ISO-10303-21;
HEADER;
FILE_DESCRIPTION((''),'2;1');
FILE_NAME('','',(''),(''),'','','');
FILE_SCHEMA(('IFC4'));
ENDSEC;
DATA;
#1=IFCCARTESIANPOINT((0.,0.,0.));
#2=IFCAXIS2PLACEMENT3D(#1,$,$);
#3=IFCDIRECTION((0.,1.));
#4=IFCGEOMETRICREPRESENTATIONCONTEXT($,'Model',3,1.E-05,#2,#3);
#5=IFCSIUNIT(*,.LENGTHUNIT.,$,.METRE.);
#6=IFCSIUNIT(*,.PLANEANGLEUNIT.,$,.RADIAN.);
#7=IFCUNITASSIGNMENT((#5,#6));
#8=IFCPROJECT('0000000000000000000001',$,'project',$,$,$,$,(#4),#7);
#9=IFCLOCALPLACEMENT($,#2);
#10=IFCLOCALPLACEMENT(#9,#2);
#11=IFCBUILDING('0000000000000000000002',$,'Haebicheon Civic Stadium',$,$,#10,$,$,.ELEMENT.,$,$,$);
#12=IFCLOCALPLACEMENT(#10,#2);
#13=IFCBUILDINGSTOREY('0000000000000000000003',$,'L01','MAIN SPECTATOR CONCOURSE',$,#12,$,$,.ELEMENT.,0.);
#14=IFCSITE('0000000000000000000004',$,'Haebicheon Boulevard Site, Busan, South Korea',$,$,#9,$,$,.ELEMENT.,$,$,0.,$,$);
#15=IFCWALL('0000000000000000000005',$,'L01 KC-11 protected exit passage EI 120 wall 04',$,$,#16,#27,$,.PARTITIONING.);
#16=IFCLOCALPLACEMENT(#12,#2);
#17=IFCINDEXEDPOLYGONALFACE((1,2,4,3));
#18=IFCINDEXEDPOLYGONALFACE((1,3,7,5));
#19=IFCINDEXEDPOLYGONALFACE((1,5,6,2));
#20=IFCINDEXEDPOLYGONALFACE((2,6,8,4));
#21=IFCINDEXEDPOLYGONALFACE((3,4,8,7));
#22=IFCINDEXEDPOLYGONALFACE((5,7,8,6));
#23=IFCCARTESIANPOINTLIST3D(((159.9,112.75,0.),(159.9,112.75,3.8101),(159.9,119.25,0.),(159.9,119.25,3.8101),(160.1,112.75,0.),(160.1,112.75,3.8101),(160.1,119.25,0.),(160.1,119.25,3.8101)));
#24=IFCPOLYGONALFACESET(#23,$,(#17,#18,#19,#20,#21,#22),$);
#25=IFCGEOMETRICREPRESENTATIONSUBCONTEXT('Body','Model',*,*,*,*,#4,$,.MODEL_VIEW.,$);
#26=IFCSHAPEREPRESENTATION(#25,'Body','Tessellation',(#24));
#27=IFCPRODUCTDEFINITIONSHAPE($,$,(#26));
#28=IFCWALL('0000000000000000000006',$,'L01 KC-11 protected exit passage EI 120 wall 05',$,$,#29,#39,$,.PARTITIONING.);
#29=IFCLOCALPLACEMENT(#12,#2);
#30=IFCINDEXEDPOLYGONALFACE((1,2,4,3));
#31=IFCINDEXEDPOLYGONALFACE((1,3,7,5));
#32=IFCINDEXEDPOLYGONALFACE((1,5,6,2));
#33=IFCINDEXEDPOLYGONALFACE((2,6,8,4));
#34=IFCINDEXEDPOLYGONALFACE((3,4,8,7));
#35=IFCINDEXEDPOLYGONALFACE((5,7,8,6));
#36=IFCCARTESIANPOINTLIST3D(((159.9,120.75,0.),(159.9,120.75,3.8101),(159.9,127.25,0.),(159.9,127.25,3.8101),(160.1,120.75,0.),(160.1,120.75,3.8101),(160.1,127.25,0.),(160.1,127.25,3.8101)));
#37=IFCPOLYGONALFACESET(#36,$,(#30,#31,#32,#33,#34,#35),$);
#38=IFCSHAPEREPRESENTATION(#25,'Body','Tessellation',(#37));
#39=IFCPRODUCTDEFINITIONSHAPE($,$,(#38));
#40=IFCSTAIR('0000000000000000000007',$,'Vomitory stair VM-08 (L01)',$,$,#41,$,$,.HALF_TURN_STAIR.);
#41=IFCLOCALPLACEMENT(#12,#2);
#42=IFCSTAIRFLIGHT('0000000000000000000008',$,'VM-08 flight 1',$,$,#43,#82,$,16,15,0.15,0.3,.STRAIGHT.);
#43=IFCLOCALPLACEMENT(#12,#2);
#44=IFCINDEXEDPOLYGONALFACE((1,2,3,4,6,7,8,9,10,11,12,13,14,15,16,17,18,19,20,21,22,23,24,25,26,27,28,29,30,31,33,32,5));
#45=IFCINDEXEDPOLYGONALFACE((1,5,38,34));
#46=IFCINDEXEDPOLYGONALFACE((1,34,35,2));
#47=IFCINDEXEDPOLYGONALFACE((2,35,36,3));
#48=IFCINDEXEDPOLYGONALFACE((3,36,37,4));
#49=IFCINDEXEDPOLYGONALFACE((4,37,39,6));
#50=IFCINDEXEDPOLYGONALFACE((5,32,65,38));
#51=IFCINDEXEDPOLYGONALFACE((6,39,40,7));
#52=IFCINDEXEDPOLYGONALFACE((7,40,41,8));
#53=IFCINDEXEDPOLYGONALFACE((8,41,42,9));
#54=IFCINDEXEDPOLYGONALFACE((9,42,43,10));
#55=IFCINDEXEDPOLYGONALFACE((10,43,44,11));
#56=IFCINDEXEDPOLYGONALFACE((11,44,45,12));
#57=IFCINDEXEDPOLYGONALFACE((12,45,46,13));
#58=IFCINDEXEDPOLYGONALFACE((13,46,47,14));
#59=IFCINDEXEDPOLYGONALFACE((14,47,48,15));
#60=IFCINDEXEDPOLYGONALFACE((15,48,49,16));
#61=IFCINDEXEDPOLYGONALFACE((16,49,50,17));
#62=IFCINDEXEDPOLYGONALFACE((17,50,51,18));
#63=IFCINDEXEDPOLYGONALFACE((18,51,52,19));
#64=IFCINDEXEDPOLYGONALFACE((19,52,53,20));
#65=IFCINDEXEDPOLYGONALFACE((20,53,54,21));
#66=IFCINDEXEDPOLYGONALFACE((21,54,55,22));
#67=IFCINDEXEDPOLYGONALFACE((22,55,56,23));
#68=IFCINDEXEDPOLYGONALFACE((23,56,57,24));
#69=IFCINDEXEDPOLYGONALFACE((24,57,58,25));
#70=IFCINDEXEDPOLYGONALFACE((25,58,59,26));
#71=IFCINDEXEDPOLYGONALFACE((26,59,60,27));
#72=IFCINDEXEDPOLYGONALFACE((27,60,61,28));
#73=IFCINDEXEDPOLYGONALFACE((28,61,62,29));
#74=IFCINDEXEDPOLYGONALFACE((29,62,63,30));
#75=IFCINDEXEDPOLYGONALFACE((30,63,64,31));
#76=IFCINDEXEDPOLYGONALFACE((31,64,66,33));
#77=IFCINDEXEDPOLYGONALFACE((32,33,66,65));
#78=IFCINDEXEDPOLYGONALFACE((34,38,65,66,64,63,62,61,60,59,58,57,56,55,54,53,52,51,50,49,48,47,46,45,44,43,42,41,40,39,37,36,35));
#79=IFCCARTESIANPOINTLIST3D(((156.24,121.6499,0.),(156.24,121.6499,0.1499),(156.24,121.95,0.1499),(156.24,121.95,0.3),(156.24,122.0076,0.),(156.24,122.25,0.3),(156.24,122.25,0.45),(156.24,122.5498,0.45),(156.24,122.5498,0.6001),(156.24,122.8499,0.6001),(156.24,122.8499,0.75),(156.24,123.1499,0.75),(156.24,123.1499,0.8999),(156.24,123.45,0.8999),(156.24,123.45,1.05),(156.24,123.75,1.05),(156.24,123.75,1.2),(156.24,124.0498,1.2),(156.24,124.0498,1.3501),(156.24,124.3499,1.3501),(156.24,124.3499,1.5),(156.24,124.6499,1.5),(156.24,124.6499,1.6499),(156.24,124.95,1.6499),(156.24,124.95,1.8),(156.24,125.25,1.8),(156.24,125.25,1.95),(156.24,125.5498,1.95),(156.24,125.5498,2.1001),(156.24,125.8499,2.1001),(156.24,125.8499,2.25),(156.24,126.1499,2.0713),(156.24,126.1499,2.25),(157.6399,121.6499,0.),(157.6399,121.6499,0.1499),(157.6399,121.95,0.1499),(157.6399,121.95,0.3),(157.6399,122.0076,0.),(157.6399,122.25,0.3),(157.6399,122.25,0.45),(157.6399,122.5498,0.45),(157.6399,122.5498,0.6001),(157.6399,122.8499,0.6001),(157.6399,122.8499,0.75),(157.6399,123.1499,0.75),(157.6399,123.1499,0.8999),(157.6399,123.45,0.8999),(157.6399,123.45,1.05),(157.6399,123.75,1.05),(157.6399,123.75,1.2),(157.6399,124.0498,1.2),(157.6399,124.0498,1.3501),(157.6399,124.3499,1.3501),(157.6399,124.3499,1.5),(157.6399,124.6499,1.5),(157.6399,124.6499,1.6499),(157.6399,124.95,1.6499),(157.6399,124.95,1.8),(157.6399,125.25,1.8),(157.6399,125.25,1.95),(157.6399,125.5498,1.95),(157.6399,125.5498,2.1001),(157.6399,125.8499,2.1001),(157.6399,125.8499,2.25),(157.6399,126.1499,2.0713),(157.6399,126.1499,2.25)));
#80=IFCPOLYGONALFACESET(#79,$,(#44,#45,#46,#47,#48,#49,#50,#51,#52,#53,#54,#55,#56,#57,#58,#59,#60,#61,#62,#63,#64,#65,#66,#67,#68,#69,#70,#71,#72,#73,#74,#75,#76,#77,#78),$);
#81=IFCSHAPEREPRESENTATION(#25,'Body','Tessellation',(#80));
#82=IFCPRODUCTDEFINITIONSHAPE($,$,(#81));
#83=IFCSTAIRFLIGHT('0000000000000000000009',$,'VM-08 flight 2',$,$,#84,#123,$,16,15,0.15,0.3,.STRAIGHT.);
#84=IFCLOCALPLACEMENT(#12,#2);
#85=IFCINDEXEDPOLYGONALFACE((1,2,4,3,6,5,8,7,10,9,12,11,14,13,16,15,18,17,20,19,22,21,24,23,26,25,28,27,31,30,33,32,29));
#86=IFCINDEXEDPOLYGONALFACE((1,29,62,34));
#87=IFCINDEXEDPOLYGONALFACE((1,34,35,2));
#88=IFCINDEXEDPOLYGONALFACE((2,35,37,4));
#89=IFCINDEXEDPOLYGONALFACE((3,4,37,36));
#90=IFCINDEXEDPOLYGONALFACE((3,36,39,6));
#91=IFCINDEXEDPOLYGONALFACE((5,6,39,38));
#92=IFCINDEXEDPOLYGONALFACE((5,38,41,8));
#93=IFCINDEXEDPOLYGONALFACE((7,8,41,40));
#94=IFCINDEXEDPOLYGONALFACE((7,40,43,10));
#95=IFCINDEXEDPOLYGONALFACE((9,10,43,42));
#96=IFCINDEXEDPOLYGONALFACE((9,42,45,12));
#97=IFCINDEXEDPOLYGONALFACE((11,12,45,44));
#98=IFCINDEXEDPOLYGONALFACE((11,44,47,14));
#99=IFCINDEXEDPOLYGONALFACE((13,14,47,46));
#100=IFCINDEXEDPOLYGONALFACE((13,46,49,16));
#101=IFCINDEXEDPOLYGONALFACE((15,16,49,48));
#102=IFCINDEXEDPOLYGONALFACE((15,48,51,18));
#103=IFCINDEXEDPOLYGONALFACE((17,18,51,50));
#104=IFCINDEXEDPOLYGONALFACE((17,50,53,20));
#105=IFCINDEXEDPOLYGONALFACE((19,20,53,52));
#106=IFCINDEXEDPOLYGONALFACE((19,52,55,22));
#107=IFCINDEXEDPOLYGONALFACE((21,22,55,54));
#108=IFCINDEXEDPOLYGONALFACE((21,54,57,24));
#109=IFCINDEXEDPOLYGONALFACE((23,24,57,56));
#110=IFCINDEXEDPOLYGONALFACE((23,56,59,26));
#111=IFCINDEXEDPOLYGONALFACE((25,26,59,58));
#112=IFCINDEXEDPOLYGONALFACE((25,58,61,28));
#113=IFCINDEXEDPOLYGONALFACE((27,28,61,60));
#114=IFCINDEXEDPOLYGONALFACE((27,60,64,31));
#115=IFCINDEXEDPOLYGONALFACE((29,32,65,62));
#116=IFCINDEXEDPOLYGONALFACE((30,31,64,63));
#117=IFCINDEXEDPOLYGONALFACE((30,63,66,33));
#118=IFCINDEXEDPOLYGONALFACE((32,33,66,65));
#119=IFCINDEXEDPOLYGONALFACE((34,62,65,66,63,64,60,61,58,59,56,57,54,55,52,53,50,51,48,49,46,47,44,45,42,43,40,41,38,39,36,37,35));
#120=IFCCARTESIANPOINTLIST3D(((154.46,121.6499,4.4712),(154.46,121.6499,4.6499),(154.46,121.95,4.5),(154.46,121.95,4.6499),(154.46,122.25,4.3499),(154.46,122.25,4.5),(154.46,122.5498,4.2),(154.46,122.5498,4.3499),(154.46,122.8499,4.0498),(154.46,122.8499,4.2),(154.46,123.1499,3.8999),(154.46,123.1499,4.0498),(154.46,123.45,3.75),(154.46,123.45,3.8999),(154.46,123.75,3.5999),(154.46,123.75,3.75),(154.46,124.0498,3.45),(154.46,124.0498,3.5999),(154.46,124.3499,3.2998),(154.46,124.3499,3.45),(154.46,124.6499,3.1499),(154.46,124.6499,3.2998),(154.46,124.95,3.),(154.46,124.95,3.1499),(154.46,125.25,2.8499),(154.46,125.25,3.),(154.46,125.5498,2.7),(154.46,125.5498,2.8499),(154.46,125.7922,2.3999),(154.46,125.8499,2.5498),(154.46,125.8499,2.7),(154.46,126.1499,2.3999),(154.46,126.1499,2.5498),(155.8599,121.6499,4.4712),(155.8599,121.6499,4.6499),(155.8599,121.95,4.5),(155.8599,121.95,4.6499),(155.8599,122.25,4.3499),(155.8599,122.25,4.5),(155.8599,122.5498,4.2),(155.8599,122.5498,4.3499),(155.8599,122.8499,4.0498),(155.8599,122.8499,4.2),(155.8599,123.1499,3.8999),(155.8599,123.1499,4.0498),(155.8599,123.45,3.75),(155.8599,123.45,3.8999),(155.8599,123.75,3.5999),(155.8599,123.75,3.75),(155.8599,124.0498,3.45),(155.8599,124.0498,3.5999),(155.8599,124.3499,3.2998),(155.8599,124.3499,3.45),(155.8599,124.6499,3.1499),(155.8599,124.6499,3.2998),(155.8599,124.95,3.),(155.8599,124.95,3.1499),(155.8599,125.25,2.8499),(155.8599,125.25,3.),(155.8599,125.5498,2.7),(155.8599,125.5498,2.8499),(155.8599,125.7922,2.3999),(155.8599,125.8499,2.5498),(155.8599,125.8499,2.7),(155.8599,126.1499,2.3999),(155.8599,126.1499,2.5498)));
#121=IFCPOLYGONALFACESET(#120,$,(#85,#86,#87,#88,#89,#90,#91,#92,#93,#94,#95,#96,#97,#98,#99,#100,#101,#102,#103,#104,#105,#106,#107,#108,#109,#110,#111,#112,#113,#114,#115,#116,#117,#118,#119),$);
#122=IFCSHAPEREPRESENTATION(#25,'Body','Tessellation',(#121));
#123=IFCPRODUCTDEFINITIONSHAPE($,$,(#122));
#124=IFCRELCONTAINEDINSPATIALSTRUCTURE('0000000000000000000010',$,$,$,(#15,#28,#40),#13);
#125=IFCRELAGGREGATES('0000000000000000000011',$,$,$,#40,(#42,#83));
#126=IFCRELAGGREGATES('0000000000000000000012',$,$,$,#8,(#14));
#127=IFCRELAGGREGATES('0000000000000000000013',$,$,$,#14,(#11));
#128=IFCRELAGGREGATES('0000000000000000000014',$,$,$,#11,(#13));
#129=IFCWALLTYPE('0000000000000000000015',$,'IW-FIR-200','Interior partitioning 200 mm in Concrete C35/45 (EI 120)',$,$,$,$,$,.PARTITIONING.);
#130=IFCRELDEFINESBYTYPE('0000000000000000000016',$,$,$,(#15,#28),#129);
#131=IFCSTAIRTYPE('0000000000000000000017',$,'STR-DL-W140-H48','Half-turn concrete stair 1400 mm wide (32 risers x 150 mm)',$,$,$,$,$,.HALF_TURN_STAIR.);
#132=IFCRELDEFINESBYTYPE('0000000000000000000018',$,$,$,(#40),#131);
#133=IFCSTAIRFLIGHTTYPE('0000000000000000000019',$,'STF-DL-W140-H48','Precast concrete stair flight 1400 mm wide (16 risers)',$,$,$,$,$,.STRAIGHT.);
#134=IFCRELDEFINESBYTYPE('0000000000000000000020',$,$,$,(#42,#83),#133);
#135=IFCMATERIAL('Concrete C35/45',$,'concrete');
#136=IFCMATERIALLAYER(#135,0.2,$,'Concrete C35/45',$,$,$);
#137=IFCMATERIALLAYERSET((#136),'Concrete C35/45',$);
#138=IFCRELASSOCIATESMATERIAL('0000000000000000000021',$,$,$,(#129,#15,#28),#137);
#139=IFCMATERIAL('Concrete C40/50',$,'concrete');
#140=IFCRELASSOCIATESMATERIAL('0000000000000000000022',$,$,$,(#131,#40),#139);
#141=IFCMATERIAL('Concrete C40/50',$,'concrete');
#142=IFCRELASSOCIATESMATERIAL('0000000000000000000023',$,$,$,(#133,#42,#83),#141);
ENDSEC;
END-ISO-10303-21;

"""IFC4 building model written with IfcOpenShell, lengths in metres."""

from ifc_helpers import new_model, si_unit, direction, frame, frame_2d, origin, place, context, subcontext, project, spatial, polyline, rectangle, outline, extrude, material, layer, layer_set, type_object, element, aggregate, save


model = new_model("IFC4")

# Units and contexts
model_context = context("Model", 3, precision=1e-05, world=origin(), true_north=direction((0.0, 1.0)))
body_context = subcontext(model_context, "Body", "Model", "MODEL_VIEW")
ifc_project = project(units=[si_unit("LENGTHUNIT", "METRE"), si_unit("PLANEANGLEUNIT", "RADIAN")], contexts=[model_context])

# Site, building, storey
site_placement = place(None, origin())
site = spatial("IfcSite", under=ifc_project, at=site_placement, Name="Haebicheon Boulevard Site, Busan, South Korea", CompositionType="ELEMENT", RefElevation=0.0)
building_placement = place(site_placement, origin())
building = spatial("IfcBuilding", under=site, at=building_placement, Name="Haebicheon Civic Stadium", CompositionType="ELEMENT")
storey_placement = place(building_placement, origin())
storey = spatial("IfcBuildingStorey", under=building, at=storey_placement, Name="L01", Description="MAIN SPECTATOR CONCOURSE", CompositionType="ELEMENT", Elevation=0.0)

# Walls
ifc_material_1 = material(Name="Concrete C35/45", Category="concrete")
ifc_layer_1 = layer(ifc_material_1, 0.2, Name="Concrete C35/45")
ifc_layer_set_1 = layer_set([ifc_layer_1], Name="Concrete C35/45")
wall_type_1 = type_object("IfcWallType", Name="IW-FIR-200", Description="Interior partitioning 200 mm in Concrete C35/45 (EI 120)", PredefinedType="PARTITIONING", material=ifc_layer_set_1)
for number, where, z_axis, x_axis, name in (
    (1, (160.0, 112.75, 0.0), (0.0, 0.0, 1.0), (0.0, 1.0, 0.0), "L01 KC-11 protected exit passage EI 120 wall 04"),
    (2, (160.0, 120.75, 0.0), (0.0, 0.0, 1.0), (0.0, 1.0, 0.0), "L01 KC-11 protected exit passage EI 120 wall 05"),
):
    element("IfcWall", number, at=place(storey_placement, frame(where, z_axis=z_axis, x_axis=x_axis)), inside=storey, type_object=wall_type_1, material=ifc_layer_set_1, Name=name, PredefinedType="PARTITIONING", context=body_context, shape_type="SweptSolid", body=[
        extrude(rectangle(XDim=6.5, YDim=0.2, at=frame_2d((3.25, 0.0))), origin(), (0.0, 0.0, 1.0), 3.8101),
    ])

# Stair, stair flights
ifc_material_2 = material(Name="Concrete C40/50", Category="concrete")
stair_type = type_object("IfcStairType", Name="STR-DL-W140-H48", Description="Half-turn concrete stair 1400 mm wide (32 risers x 150 mm)", PredefinedType="HALF_TURN_STAIR", material=ifc_material_2)
stair_placement = place(storey_placement, origin())
stair = element("IfcStair", 3, at=stair_placement, inside=storey, type_object=stair_type, material=ifc_material_2, Name="Vomitory stair VM-08 (L01)", PredefinedType="HALF_TURN_STAIR")
ifc_material_3 = material(Name="Concrete C40/50", Category="concrete")
stair_flight_type = type_object("IfcStairFlightType", Name="STF-DL-W140-H48", Description="Precast concrete stair flight 1400 mm wide (16 risers)", PredefinedType="STRAIGHT", material=ifc_material_3)
stair_flight_1_placement = place(storey_placement, frame((156.9399, 121.6499, 0.0), z_axis=(0.0, 0.0, 1.0), x_axis=(0.0, 1.0, 0.0)))
stair_flight_1 = element("IfcStairFlight", 4, at=stair_flight_1_placement, type_object=stair_flight_type, material=ifc_material_3, Name="VM-08 flight 1", NumberOfRisers=16, NumberOfTreads=15, PredefinedType="STRAIGHT", RiserHeight=0.15, TreadLength=0.3, context=body_context, shape_type="SweptSolid", body=[
    extrude(outline(polyline([(0.0, 0.0), (0.0, 0.1499), (0.3, 0.1499), (0.3, 0.3), (0.6001, 0.3), (0.6001, 0.45), (0.8999, 0.45), (0.8999, 0.6001), (1.2, 0.6001), (1.2, 0.75), (1.5, 0.75), (1.5, 0.8999), (1.8, 0.8999), (1.8, 1.05), (2.1001, 1.05), (2.1001, 1.2), (2.3999, 1.2), (2.3999, 1.3501), (2.7, 1.3501), (2.7, 1.5), (3.0, 1.5), (3.0, 1.6499), (3.3, 1.6499), (3.3, 1.8), (3.6001, 1.8), (3.6001, 1.95), (3.8999, 1.95), (3.8999, 2.1001), (4.2, 2.1001), (4.2, 2.25), (4.5, 2.25), (4.5, 2.3999), (4.5, 2.0713), (0.3577, 0.0), (0.0, 0.0)])), frame((0.0, 0.7, 0.0), z_axis=(0.0, -1.0, 0.0), x_axis=(1.0, 0.0, 0.0)), (0.0, 0.0, 1.0), 1.3999),
])
stair_flight_2_placement = place(storey_placement, frame((155.1599, 126.1499, 2.3999), z_axis=(0.0, 0.0, 1.0), x_axis=(0.0, -1.0, 0.0)))
stair_flight_2 = element("IfcStairFlight", 5, at=stair_flight_2_placement, type_object=stair_flight_type, material=ifc_material_3, Name="VM-08 flight 2", NumberOfRisers=16, NumberOfTreads=15, PredefinedType="STRAIGHT", RiserHeight=0.15, TreadLength=0.3, context=body_context, shape_type="SweptSolid", body=[
    extrude(outline(polyline([(0.0, 0.0), (0.0, 0.1499), (0.3, 0.1499), (0.3, 0.3), (0.6001, 0.3), (0.6001, 0.45), (0.8999, 0.45), (0.8999, 0.6001), (1.2, 0.6001), (1.2, 0.75), (1.5, 0.75), (1.5, 0.8999), (1.8, 0.8999), (1.8, 1.05), (2.1001, 1.05), (2.1001, 1.2), (2.3999, 1.2), (2.3999, 1.3501), (2.7, 1.3501), (2.7, 1.5), (3.0, 1.5), (3.0, 1.6499), (3.3, 1.6499), (3.3, 1.8), (3.6001, 1.8), (3.6001, 1.95), (3.8999, 1.95), (3.8999, 2.1001), (4.2, 2.1001), (4.2, 2.25), (4.5, 2.25), (4.5, 2.3999), (4.5, 2.0713), (0.3577, 0.0), (0.0, 0.0)])), frame((0.0, 0.7, 0.0), z_axis=(0.0, -1.0, 0.0), x_axis=(1.0, 0.0, 0.0)), (0.0, 0.0, 1.0), 1.3999),
])
aggregate(stair, [stair_flight_1, stair_flight_2])

save(model, "model.ifc")
